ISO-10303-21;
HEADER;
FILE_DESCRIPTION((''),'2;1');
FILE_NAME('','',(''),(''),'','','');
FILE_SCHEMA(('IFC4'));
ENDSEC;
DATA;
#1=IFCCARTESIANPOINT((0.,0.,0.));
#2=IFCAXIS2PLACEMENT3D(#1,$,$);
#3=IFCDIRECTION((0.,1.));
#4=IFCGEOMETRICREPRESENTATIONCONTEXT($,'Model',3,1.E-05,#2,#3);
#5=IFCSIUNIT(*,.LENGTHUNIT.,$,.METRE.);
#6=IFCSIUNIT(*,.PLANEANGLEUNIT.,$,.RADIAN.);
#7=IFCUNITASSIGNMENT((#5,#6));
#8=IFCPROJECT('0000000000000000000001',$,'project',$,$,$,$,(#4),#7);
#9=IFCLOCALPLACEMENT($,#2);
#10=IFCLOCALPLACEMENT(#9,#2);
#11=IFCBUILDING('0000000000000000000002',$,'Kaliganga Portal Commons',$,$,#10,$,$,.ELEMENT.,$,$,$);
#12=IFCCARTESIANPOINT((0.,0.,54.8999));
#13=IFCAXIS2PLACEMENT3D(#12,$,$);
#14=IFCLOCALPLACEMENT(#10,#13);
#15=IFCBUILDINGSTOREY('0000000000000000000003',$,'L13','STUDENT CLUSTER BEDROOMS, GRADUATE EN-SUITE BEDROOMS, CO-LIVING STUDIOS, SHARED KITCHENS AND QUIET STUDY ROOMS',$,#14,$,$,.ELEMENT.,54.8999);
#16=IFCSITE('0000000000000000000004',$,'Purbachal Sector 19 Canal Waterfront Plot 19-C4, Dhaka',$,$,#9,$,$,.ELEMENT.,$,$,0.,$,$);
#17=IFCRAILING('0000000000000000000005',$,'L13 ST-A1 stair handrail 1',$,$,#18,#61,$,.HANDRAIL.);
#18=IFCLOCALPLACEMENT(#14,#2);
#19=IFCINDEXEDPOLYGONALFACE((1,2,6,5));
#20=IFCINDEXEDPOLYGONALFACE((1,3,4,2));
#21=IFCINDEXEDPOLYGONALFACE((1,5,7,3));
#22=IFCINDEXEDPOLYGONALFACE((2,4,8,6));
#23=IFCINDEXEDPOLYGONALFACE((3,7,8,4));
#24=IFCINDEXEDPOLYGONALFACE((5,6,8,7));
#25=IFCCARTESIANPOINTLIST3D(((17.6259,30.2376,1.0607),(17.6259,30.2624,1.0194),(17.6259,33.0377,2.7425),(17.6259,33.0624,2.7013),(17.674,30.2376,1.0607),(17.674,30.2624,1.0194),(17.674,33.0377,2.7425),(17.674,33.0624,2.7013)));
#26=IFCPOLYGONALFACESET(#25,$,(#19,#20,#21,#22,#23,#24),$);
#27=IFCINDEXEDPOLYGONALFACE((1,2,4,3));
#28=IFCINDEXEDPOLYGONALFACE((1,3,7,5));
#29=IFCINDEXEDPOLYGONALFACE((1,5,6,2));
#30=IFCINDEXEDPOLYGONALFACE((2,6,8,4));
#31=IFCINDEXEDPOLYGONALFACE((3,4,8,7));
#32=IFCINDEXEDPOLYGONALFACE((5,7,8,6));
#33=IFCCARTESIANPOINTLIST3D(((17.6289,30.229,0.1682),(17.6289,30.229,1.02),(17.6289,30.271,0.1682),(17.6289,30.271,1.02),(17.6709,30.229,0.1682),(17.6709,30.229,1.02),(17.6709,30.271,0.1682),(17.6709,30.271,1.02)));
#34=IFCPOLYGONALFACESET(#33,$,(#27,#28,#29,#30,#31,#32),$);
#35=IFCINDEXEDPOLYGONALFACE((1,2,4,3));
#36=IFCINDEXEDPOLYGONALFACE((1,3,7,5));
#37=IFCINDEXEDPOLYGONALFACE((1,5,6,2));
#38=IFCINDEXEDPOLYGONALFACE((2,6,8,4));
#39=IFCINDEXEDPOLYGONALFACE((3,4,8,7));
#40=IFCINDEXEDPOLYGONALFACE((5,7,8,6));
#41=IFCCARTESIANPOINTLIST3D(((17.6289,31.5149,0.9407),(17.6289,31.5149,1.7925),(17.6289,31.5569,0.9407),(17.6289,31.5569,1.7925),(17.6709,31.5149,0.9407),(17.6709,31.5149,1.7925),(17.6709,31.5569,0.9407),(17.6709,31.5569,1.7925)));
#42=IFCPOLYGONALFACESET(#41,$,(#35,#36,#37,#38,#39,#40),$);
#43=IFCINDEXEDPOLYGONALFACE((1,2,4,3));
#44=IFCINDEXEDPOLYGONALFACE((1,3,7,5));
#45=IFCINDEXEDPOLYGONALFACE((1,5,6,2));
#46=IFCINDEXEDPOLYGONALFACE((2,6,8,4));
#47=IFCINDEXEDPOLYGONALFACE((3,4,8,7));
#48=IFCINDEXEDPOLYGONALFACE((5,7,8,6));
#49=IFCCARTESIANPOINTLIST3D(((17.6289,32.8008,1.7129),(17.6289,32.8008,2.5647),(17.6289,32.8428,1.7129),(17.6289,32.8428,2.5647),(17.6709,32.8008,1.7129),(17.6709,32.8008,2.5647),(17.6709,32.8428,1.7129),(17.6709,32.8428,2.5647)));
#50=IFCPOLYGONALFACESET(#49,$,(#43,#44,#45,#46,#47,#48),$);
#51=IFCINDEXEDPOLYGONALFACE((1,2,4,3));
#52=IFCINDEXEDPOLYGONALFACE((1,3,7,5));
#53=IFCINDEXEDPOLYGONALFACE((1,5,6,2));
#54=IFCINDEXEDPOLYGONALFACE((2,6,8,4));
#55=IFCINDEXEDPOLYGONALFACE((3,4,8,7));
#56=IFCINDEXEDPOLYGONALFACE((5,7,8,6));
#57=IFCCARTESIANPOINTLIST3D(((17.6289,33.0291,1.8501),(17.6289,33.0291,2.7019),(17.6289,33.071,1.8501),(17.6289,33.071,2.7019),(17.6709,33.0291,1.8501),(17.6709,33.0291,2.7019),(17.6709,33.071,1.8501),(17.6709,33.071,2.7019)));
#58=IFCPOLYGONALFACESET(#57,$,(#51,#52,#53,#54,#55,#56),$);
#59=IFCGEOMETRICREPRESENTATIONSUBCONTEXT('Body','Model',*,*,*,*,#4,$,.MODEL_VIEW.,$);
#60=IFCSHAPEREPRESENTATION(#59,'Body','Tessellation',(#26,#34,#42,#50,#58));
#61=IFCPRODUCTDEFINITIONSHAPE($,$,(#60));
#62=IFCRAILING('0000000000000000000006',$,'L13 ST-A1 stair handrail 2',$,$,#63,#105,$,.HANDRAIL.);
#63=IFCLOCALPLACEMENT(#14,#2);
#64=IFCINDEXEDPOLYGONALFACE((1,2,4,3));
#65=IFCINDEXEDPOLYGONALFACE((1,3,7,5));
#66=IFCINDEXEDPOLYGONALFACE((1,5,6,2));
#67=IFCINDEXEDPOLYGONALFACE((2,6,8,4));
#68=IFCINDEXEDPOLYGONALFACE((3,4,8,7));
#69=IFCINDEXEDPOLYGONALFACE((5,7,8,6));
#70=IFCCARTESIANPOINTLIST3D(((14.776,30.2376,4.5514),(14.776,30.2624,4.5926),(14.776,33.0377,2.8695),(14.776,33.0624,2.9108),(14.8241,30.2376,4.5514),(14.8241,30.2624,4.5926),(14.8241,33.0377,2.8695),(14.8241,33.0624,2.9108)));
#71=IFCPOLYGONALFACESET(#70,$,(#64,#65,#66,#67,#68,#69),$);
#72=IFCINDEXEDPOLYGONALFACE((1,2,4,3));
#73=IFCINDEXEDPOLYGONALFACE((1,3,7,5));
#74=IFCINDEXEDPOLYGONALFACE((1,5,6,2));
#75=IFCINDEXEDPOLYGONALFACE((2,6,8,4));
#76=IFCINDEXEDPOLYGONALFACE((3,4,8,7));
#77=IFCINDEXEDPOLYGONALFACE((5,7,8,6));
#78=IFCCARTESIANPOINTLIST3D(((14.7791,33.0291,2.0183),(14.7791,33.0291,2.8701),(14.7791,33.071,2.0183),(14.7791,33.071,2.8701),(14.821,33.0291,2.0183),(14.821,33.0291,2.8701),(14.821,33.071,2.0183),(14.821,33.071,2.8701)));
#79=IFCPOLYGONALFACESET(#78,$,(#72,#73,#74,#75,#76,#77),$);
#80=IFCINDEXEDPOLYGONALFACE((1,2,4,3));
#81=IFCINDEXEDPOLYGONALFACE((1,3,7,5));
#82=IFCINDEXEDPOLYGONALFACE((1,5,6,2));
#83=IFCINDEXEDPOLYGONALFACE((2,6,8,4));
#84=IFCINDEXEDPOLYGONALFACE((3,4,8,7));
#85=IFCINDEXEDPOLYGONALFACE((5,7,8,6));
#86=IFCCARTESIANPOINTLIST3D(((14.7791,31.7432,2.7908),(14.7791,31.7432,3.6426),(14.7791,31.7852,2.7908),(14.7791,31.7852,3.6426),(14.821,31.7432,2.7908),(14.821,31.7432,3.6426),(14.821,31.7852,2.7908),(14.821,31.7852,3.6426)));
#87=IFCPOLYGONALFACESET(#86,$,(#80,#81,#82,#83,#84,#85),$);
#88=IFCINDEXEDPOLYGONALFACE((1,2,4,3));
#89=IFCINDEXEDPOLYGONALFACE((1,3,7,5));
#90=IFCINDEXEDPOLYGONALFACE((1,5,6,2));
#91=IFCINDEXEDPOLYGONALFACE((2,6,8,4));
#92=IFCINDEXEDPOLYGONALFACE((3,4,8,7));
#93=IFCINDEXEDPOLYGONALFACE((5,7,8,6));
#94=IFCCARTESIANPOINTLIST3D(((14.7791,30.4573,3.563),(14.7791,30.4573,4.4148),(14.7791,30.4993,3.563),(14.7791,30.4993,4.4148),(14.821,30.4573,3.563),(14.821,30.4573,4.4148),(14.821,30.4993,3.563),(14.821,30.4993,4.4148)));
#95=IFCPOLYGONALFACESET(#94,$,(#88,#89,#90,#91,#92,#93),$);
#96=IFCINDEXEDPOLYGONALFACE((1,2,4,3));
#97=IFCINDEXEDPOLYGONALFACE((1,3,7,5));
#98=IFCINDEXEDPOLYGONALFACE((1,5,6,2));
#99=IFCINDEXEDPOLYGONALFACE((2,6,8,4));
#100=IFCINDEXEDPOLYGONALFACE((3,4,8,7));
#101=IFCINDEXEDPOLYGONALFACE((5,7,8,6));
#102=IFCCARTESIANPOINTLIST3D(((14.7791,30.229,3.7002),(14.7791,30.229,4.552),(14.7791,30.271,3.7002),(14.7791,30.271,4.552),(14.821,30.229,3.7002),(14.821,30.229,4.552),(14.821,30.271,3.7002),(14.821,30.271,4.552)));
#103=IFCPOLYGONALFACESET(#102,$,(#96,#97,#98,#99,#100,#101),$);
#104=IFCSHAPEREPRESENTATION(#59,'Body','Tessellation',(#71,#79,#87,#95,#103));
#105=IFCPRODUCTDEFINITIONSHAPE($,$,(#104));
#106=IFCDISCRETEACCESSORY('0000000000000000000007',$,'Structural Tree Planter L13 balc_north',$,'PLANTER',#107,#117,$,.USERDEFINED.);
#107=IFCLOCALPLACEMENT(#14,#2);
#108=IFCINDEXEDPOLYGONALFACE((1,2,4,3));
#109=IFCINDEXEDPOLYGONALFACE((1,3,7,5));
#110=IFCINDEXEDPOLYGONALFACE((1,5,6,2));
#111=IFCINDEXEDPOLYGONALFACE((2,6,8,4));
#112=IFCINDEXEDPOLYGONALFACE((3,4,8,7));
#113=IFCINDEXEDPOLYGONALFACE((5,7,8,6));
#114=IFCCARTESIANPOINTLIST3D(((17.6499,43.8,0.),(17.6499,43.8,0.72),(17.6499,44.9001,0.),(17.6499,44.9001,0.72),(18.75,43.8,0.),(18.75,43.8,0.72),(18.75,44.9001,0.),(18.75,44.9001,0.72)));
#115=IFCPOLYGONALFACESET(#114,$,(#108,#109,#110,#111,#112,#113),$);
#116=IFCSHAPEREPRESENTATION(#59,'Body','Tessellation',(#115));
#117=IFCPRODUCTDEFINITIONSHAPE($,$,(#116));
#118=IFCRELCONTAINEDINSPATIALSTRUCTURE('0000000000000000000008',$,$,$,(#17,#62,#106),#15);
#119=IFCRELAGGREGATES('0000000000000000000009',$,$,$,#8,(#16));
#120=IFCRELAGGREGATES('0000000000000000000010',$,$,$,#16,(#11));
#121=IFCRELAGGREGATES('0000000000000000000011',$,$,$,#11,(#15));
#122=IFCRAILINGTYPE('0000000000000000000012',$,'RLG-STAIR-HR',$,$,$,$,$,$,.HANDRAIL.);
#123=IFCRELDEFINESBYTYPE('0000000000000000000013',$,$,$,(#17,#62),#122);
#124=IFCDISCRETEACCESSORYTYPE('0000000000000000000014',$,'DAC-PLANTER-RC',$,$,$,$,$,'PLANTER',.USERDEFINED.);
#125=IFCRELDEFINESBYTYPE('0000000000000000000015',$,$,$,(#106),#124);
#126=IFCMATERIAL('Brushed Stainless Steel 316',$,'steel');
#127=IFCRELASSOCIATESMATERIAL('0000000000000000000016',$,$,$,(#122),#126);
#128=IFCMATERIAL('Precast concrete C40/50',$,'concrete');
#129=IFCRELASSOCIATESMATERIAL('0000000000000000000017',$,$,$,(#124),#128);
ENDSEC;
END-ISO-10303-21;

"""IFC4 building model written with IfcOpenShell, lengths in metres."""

from ifc_helpers import new_model, si_unit, direction, frame, origin, origin_2d, place, context, subcontext, project, spatial, rectangle, extrude, source, transform, mapped, material, type_object, element, save


model = new_model("IFC4")

# Units and contexts
model_context = context("Model", 3, precision=1e-05, world=origin(), true_north=direction((0.0, 1.0)))
body_context = subcontext(model_context, "Body", "Model", "MODEL_VIEW")
ifc_project = project(units=[si_unit("LENGTHUNIT", "METRE"), si_unit("PLANEANGLEUNIT", "RADIAN")], contexts=[model_context])

# Site, building, storey
site_placement = place(None, origin())
site = spatial("IfcSite", under=ifc_project, at=site_placement, Name="Purbachal Sector 19 Canal Waterfront Plot 19-C4, Dhaka", CompositionType="ELEMENT", RefElevation=0.0)
building_placement = place(site_placement, origin())
building = spatial("IfcBuilding", under=site, at=building_placement, Name="Kaliganga Portal Commons", CompositionType="ELEMENT")
storey_placement = place(building_placement, frame((0.0, 0.0, 54.8999)))
storey = spatial("IfcBuildingStorey", under=building, at=storey_placement, Name="L13", Description="STUDENT CLUSTER BEDROOMS, GRADUATE EN-SUITE BEDROOMS, CO-LIVING STUDIOS, SHARED KITCHENS AND QUIET STUDY ROOMS", CompositionType="ELEMENT", Elevation=54.8999)

# Railings
ifc_material_1 = material(Name="Brushed Stainless Steel 316", Category="steel")
railing_type_1 = type_object("IfcRailingType", Name="RLG-STAIR-HR", PredefinedType="HANDRAIL", material=ifc_material_1)
railing_1_placement = place(storey_placement, frame((17.6499, 30.25, 0.1682)))
element("IfcRailing", 1, at=railing_1_placement, inside=storey, type_object=railing_type_1, Name="L13 ST-A1 stair handrail 1", PredefinedType="HANDRAIL", context=body_context, shape_type="SweptSolid", body=[
    extrude(rectangle(XDim=0.0481, YDim=0.0481, at=origin_2d()), frame((0.0, 0.0, 0.8718), z_axis=(0.0, 0.857242, 0.514913), x_axis=(-1.0, 0.0, 0.0)), (0.0, 0.0, 1.0), 3.2664),
    extrude(rectangle(XDim=0.042, YDim=0.042, at=origin_2d()), origin(), (0.0, 0.0, 1.0), 0.8518),
    extrude(rectangle(XDim=0.042, YDim=0.042, at=origin_2d()), frame((0.0, 1.2859, 0.7725)), (0.0, 0.0, 1.0), 0.8518),
    extrude(rectangle(XDim=0.042, YDim=0.042, at=origin_2d()), frame((0.0, 2.5718, 1.5447)), (0.0, 0.0, 1.0), 0.8518),
    extrude(rectangle(XDim=0.042, YDim=0.042, at=origin_2d()), frame((0.0, 2.8, 1.6819)), (0.0, 0.0, 1.0), 0.8518),
])
railing_2_placement = place(storey_placement, frame((14.8, 33.05, 2.0183)))
element("IfcRailing", 2, at=railing_2_placement, inside=storey, type_object=railing_type_1, Name="L13 ST-A1 stair handrail 2", PredefinedType="HANDRAIL", context=body_context, shape_type="SweptSolid", body=[
    extrude(rectangle(XDim=0.0481, YDim=0.0481, at=origin_2d()), frame((0.0, 0.0, 0.8718), z_axis=(0.0, -0.857242, 0.514913), x_axis=(1.0, 0.0, 0.0)), (0.0, 0.0, 1.0), 3.2664),
    extrude(rectangle(XDim=0.042, YDim=0.042, at=origin_2d()), origin(), (0.0, 0.0, 1.0), 0.8518),
    extrude(rectangle(XDim=0.042, YDim=0.042, at=origin_2d()), frame((0.0, -1.2859, 0.7725)), (0.0, 0.0, 1.0), 0.8518),
    extrude(rectangle(XDim=0.042, YDim=0.042, at=origin_2d()), frame((0.0, -2.5718, 1.5447)), (0.0, 0.0, 1.0), 0.8518),
    extrude(rectangle(XDim=0.042, YDim=0.042, at=origin_2d()), frame((0.0, -2.8, 1.6819)), (0.0, 0.0, 1.0), 0.8518),
])

# Discrete accessory
ifc_material_2 = material(Name="Precast concrete C40/50", Category="concrete")
discrete_accessory_type = type_object("IfcDiscreteAccessoryType", Name="DAC-PLANTER-RC", ElementType="PLANTER", PredefinedType="USERDEFINED", material=ifc_material_2)
shared_shape_1 = source(origin(), body_context, "Body", "SweptSolid", [
    extrude(rectangle(XDim=1.1001, YDim=1.1001, at=origin_2d()), origin(), (0.0, 0.0, 1.0), 0.72),
])
discrete_accessory_placement = place(storey_placement, frame((18.2, 44.3501, 0.0), z_axis=(0.0, 0.0, 1.0), x_axis=(1.0, 0.0, 0.0)))
element("IfcDiscreteAccessory", 3, at=discrete_accessory_placement, inside=storey, type_object=discrete_accessory_type, Name="Structural Tree Planter L13 balc_north", ObjectType="PLANTER", PredefinedType="USERDEFINED", context=body_context, shape_type="MappedRepresentation", body=[
    mapped(shared_shape_1, transform((0.0, 0.0, 0.0), x_axis=(1.0, 0.0, 0.0), y_axis=(0.0, 1.0, 0.0), z_axis=(0.0, 0.0, 1.0), scale=1.0)),
])

save(model, "model.ifc")
